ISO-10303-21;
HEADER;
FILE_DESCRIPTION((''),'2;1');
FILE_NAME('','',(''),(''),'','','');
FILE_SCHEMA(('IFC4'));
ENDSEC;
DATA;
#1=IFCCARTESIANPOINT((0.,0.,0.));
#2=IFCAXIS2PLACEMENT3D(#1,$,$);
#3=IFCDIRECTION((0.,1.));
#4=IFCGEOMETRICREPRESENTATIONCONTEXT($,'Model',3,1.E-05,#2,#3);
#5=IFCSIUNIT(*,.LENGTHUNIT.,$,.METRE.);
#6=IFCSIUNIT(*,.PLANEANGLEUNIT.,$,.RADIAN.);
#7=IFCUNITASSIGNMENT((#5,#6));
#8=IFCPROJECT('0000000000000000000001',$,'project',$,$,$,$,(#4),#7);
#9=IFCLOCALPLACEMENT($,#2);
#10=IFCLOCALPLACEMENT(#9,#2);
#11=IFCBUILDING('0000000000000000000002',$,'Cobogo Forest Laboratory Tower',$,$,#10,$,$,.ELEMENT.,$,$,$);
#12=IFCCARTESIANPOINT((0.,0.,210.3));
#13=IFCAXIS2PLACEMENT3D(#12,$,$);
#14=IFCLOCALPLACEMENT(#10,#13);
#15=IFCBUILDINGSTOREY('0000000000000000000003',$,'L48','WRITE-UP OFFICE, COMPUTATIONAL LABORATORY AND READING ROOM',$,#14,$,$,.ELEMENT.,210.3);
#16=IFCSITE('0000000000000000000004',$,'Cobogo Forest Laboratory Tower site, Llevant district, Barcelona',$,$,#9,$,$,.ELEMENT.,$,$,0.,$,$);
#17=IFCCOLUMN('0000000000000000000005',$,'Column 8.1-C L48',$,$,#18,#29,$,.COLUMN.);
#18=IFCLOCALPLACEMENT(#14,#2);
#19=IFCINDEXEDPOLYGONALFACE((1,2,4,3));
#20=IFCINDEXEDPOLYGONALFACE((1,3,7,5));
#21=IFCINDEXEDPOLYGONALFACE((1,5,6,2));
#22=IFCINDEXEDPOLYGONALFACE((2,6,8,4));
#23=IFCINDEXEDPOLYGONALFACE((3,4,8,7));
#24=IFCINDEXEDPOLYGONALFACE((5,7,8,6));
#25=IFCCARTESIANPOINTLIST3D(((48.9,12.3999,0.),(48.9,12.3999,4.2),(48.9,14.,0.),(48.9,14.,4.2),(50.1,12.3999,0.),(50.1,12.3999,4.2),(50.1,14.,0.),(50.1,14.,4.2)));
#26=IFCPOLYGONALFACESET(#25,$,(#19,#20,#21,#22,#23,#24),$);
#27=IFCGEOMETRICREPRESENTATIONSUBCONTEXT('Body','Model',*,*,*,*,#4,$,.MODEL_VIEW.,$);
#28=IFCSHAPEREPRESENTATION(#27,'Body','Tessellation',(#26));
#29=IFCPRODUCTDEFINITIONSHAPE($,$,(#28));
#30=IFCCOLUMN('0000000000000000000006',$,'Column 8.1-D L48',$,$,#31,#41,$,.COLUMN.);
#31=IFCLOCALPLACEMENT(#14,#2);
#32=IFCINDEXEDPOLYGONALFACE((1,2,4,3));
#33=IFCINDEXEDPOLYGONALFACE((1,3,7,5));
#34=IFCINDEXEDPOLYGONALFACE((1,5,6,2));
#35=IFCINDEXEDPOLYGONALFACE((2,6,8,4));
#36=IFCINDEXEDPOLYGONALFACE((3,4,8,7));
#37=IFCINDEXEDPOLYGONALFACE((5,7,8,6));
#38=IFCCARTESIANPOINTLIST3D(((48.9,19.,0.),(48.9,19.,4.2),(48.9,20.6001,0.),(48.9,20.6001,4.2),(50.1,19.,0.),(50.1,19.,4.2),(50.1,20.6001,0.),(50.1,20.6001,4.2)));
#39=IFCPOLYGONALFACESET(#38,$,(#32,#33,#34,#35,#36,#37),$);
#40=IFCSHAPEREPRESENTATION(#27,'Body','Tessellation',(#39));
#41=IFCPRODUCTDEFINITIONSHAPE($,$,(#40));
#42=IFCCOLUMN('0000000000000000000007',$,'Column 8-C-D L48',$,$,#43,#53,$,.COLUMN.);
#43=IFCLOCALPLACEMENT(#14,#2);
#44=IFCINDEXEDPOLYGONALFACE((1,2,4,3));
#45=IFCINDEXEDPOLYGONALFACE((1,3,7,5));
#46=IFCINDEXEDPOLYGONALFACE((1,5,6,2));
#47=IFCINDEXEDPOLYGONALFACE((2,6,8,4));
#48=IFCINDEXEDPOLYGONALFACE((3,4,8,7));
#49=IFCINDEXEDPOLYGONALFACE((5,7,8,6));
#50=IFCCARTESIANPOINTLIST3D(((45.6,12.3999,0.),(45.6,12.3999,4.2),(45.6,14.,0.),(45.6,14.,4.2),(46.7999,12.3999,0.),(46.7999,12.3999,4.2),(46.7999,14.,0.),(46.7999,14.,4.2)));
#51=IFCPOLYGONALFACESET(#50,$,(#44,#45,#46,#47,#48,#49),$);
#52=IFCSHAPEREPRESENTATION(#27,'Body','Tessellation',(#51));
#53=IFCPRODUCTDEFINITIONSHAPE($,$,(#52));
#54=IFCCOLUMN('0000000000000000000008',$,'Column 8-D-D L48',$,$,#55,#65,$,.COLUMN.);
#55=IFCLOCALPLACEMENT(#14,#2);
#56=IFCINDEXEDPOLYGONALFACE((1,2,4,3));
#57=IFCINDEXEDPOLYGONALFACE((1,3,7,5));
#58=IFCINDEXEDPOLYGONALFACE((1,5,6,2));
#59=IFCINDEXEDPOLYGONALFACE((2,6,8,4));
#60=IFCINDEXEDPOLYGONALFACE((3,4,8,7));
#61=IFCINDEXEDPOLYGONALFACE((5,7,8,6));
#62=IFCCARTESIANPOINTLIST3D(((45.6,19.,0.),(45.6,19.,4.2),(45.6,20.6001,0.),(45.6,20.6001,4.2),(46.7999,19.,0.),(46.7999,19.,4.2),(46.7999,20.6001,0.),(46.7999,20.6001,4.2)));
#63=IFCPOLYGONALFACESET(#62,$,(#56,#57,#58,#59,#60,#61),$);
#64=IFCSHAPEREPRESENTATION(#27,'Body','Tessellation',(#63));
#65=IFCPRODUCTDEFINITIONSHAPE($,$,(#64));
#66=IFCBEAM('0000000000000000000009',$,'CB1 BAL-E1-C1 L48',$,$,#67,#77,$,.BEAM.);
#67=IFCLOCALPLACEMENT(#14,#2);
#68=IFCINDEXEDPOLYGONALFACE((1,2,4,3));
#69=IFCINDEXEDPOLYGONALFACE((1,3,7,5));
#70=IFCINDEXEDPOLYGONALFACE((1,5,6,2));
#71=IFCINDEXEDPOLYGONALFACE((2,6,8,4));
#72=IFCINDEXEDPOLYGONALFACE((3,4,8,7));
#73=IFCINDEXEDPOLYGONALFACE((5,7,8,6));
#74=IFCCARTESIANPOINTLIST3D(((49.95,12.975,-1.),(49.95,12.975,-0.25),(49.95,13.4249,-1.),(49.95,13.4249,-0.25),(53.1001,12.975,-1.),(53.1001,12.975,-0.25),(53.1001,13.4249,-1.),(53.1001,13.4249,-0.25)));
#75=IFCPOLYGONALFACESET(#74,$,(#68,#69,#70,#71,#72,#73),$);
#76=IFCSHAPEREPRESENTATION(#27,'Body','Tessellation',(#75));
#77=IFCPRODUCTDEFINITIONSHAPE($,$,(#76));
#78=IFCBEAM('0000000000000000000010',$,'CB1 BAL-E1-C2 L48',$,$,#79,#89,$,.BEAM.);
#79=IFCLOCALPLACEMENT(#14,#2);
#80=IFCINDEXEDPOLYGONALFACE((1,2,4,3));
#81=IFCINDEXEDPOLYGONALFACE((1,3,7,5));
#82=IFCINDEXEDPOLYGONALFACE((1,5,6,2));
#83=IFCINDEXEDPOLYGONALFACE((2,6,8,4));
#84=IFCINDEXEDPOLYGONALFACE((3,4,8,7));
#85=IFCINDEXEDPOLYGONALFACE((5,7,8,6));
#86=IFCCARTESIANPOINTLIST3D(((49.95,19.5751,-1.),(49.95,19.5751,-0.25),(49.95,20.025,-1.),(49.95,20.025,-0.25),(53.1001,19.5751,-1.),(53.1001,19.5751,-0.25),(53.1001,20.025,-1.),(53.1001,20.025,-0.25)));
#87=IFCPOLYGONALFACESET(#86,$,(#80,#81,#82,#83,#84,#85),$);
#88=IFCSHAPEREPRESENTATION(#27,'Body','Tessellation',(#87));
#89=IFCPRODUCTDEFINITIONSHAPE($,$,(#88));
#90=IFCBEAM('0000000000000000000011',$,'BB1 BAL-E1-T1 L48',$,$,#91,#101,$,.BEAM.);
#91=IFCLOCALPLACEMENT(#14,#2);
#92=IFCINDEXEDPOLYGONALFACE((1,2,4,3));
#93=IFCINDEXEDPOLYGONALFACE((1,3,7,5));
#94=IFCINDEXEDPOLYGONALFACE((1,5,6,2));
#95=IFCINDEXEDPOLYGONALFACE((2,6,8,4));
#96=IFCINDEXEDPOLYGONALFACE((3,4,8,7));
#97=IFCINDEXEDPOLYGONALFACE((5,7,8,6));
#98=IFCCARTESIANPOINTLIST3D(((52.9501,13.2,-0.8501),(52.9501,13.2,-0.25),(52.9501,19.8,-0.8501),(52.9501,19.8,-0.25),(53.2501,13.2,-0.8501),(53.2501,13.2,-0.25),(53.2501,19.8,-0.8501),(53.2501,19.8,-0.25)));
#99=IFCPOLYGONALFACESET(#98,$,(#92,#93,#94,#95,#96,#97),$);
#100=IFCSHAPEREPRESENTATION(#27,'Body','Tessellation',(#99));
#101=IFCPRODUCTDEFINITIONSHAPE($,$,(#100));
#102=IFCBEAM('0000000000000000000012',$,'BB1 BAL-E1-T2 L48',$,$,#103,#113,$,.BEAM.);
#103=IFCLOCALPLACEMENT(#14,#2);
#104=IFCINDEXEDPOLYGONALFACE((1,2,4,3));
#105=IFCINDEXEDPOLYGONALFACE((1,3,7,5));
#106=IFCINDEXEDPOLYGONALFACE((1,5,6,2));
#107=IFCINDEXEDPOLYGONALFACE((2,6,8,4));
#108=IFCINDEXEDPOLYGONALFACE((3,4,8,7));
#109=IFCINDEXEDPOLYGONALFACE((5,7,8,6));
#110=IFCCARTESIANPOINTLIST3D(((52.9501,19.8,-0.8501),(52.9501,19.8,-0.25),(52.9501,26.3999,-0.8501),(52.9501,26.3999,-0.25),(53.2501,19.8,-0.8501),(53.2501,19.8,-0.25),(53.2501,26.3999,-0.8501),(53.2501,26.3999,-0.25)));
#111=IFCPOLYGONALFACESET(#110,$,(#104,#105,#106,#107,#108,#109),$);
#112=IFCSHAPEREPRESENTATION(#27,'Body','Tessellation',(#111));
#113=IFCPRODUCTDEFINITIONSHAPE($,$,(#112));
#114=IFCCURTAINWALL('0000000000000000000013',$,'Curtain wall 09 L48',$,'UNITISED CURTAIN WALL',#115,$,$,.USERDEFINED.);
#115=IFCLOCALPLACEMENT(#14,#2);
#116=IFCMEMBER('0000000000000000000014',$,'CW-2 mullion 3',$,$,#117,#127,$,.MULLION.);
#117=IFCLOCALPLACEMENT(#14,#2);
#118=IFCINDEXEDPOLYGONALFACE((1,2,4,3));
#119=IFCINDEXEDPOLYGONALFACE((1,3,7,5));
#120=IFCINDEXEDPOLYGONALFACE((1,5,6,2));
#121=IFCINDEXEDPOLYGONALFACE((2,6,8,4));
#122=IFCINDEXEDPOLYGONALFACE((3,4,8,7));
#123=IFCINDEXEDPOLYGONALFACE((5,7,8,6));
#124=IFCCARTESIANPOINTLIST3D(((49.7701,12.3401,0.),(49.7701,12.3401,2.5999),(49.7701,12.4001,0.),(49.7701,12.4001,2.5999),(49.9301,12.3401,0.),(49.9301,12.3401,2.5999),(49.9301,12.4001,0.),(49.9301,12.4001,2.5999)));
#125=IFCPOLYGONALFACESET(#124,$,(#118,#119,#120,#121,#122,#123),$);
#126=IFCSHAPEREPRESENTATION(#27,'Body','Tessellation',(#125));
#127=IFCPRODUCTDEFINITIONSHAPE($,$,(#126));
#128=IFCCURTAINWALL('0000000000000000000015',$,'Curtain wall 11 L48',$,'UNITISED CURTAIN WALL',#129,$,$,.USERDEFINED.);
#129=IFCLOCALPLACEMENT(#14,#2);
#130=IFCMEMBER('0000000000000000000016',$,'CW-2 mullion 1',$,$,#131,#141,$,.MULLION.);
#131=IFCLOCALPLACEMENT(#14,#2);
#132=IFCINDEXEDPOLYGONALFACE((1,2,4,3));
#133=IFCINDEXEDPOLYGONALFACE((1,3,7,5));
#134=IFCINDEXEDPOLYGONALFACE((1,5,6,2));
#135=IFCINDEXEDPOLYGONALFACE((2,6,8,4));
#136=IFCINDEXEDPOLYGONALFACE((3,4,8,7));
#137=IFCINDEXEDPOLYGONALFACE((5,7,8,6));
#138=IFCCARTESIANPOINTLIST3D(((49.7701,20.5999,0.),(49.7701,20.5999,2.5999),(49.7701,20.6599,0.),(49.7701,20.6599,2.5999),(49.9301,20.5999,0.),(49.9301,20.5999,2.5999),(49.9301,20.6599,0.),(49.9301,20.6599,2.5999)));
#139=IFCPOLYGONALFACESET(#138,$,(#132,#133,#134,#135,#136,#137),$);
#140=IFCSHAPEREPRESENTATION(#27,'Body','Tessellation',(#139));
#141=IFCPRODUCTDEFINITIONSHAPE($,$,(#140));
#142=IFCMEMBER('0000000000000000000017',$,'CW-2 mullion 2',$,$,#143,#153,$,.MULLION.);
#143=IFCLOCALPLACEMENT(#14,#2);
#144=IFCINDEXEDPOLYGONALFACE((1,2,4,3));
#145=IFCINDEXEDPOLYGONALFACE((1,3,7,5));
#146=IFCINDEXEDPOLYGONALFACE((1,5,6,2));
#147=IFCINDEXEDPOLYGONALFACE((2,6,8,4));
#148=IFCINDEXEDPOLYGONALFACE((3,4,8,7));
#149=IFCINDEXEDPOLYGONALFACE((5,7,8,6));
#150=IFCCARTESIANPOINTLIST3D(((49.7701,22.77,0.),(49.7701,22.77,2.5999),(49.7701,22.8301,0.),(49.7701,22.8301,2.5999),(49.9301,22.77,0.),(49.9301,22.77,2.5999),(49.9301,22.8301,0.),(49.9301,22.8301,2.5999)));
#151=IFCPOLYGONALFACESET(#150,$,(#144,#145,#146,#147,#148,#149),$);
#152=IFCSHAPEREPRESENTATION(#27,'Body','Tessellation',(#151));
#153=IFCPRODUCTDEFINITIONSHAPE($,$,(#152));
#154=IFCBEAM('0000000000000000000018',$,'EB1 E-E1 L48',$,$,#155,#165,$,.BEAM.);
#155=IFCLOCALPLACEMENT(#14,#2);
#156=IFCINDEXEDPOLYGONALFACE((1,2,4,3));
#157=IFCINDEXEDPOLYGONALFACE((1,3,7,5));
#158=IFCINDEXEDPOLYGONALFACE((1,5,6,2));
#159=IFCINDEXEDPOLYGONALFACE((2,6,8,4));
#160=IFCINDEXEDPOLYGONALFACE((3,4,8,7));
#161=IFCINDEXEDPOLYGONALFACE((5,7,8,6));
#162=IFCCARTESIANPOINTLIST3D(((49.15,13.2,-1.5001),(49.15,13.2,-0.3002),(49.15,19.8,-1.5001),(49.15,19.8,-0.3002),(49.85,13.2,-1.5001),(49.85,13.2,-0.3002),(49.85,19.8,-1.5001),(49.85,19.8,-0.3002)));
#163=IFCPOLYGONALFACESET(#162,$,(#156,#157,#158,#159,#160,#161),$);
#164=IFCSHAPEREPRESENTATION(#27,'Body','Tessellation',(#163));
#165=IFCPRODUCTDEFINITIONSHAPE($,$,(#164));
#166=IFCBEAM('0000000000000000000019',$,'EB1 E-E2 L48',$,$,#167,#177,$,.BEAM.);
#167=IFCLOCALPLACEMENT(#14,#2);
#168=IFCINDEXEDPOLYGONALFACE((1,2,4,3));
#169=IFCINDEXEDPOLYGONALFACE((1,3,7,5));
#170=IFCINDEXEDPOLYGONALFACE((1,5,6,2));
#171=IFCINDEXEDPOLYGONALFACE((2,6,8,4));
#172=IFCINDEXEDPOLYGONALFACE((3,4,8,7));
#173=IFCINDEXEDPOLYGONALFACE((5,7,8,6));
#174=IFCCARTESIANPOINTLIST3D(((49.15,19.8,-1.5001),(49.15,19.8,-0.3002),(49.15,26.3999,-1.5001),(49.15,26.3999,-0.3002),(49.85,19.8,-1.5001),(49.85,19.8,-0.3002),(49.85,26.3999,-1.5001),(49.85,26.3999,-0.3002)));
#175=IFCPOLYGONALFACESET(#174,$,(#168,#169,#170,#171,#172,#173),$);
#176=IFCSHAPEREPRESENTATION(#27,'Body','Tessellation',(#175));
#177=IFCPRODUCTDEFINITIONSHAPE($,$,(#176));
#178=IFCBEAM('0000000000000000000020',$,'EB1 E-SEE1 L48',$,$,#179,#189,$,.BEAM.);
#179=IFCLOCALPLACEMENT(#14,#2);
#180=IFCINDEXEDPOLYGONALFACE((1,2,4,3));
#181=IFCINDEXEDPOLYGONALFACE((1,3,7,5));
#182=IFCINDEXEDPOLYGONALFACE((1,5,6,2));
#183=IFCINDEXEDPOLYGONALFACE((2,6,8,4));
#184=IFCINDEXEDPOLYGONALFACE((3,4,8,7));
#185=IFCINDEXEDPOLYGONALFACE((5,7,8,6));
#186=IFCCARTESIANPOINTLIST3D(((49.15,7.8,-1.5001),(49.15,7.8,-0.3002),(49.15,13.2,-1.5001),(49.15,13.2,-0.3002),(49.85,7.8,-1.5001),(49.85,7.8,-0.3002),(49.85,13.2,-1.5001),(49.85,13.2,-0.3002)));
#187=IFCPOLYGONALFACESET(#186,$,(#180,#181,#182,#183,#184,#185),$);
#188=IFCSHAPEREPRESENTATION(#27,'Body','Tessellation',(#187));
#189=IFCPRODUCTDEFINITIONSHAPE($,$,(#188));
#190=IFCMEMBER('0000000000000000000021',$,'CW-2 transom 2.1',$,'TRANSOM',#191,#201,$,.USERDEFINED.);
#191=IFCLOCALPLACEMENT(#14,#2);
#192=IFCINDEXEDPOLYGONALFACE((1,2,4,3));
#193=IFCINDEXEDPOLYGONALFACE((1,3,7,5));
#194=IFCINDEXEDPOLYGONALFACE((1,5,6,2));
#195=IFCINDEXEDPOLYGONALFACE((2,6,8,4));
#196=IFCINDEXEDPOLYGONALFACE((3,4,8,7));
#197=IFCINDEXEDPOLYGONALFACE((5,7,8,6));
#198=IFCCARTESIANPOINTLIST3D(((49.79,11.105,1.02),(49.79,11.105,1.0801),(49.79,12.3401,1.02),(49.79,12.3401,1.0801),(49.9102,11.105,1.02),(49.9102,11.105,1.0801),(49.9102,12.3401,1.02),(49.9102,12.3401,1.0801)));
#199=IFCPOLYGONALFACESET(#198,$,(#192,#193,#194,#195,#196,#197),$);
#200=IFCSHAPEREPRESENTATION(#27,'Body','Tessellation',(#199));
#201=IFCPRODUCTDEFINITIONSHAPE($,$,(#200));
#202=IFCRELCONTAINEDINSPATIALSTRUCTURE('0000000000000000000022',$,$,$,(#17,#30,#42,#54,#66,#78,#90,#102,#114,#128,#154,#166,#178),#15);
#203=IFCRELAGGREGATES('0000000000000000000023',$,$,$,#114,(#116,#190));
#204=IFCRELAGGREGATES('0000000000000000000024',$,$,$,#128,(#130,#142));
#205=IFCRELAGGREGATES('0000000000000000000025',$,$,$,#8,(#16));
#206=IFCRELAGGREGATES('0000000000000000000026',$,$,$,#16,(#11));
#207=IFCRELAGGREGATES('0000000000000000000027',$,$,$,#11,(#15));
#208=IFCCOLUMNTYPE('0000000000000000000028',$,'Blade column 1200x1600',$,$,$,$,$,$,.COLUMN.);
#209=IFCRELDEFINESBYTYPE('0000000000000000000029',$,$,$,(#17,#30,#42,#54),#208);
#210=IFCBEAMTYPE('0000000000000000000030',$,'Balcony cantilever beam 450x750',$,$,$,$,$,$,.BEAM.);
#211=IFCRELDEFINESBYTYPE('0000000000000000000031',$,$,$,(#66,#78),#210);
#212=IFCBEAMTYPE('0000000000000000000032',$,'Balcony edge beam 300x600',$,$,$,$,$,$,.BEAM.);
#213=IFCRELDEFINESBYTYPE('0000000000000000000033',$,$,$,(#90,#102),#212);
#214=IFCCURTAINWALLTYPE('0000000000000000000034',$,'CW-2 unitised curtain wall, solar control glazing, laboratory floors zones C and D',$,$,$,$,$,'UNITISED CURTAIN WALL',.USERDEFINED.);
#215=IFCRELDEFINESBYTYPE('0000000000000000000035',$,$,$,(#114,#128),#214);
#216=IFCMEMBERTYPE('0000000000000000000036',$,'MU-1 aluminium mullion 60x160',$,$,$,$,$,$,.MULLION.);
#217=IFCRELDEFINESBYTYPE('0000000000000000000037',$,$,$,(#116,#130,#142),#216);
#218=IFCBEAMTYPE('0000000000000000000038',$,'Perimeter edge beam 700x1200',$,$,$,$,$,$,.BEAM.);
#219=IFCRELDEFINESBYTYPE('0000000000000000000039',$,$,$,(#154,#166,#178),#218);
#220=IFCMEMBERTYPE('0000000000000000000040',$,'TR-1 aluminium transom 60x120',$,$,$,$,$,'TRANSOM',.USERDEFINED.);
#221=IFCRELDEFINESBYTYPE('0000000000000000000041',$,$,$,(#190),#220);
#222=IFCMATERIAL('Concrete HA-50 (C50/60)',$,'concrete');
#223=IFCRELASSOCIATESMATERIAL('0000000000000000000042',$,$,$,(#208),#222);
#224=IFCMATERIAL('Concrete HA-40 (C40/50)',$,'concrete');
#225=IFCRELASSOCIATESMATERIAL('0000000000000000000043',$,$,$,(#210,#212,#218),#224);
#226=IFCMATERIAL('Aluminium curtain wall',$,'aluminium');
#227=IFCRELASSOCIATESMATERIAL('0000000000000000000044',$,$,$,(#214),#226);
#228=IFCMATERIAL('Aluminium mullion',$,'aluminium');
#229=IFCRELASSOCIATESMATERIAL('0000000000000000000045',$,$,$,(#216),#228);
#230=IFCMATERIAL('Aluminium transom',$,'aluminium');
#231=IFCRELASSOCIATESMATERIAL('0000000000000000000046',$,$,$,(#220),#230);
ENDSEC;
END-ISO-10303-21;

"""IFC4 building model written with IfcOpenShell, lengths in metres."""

from ifc_helpers import new_model, si_unit, direction, frame, origin, origin_2d, place, context, subcontext, project, spatial, rectangle, extrude, material, material_profile, profile_set, type_object, element, aggregate, save


model = new_model("IFC4")

# Units and contexts
model_context = context("Model", 3, precision=1e-05, world=origin(), true_north=direction((0.0, 1.0)))
body_context = subcontext(model_context, "Body", "Model", "MODEL_VIEW")
ifc_project = project(units=[si_unit("LENGTHUNIT", "METRE"), si_unit("PLANEANGLEUNIT", "RADIAN")], contexts=[model_context])

# Site, building, storey
site_placement = place(None, origin())
site = spatial("IfcSite", under=ifc_project, at=site_placement, Name="Cobogo Forest Laboratory Tower site, Llevant district, Barcelona", CompositionType="ELEMENT", RefElevation=0.0)
building_placement = place(site_placement, origin())
building = spatial("IfcBuilding", under=site, at=building_placement, Name="Cobogo Forest Laboratory Tower", CompositionType="ELEMENT")
storey_placement = place(building_placement, frame((0.0, 0.0, 210.3)))
storey = spatial("IfcBuildingStorey", under=building, at=storey_placement, Name="L48", Description="WRITE-UP OFFICE, COMPUTATIONAL LABORATORY AND READING ROOM", CompositionType="ELEMENT", Elevation=210.3)

# Columns
ifc_material_1 = material(Name="Concrete HA-50 (C50/60)", Category="concrete")
ifc_material_profile_1 = material_profile(ifc_material_1, rectangle(XDim=1.6001, YDim=1.2, at=origin_2d()), Name="RC 1200x1600")
ifc_profile_set_1 = profile_set([ifc_material_profile_1], Name="Concrete HA-50 (C50/60)")
column_type = type_object("IfcColumnType", Name="Blade column 1200x1600", PredefinedType="COLUMN", material=ifc_profile_set_1)
for number, where, z_axis, x_axis, name in (
    (1, (49.5, 13.2, 0.0), (0.0, 0.0, 1.0), (0.0, 1.0, 0.0), "Column 8.1-C L48"),
    (2, (49.5, 19.8, 0.0), (0.0, 0.0, 1.0), (0.0, 1.0, 0.0), "Column 8.1-D L48"),
    (3, (46.2, 13.2, 0.0), (0.0, 0.0, 1.0), (0.0, 1.0, 0.0), "Column 8-C-D L48"),
    (4, (46.2, 19.8, 0.0), (0.0, 0.0, 1.0), (0.0, 1.0, 0.0), "Column 8-D-D L48"),
):
    element("IfcColumn", number, at=place(storey_placement, frame(where, z_axis=z_axis, x_axis=x_axis)), inside=storey, type_object=column_type, Name=name, PredefinedType="COLUMN", context=body_context, shape_type="SweptSolid", body=[
        extrude(rectangle(XDim=1.6001, YDim=1.2, at=origin_2d()), origin(), (0.0, 0.0, 1.0), 4.2),
    ])

# Beams
ifc_material_2 = material(Name="Concrete HA-40 (C40/50)", Category="concrete")
ifc_material_profile_2 = material_profile(ifc_material_2, rectangle(XDim=0.45, YDim=0.75, at=origin_2d()), Name="RC 450x750")
ifc_profile_set_2 = profile_set([ifc_material_profile_2], Name="Concrete HA-40 (C40/50)")
beam_type_1 = type_object("IfcBeamType", Name="Balcony cantilever beam 450x750", PredefinedType="BEAM", material=ifc_profile_set_2)
for number, where, z_axis, x_axis, name in (
    (5, (49.95, 13.2, -0.625), (1.0, 0.0, 0.0), (0.0, 1.0, 0.0), "CB1 BAL-E1-C1 L48"),
    (6, (49.95, 19.8, -0.625), (1.0, 0.0, 0.0), (0.0, 1.0, 0.0), "CB1 BAL-E1-C2 L48"),
):
    element("IfcBeam", number, at=place(storey_placement, frame(where, z_axis=z_axis, x_axis=x_axis)), inside=storey, type_object=beam_type_1, Name=name, PredefinedType="BEAM", context=body_context, shape_type="SweptSolid", body=[
        extrude(rectangle(XDim=0.45, YDim=0.75, at=origin_2d()), origin(), (0.0, 0.0, 1.0), 3.1501),
    ])
ifc_material_profile_3 = material_profile(ifc_material_2, rectangle(XDim=0.3, YDim=0.6001, at=origin_2d()), Name="RC 300x600")
ifc_profile_set_3 = profile_set([ifc_material_profile_3], Name="Concrete HA-40 (C40/50)")
beam_type_2 = type_object("IfcBeamType", Name="Balcony edge beam 300x600", PredefinedType="BEAM", material=ifc_profile_set_3)
beam_1_placement = place(storey_placement, frame((53.1001, 13.2, -0.55), z_axis=(0.0, 1.0, 0.0), x_axis=(-1.0, 0.0, 0.0)))
element("IfcBeam", 7, at=beam_1_placement, inside=storey, type_object=beam_type_2, Name="BB1 BAL-E1-T1 L48", PredefinedType="BEAM", context=body_context, shape_type="SweptSolid", body=[
    extrude(rectangle(XDim=0.3, YDim=0.6001, at=origin_2d()), origin(), (0.0, 0.0, 1.0), 6.6001),
])
beam_2_placement = place(storey_placement, frame((53.1001, 19.8, -0.55), z_axis=(0.0, 1.0, 0.0), x_axis=(-1.0, 0.0, 0.0)))
element("IfcBeam", 8, at=beam_2_placement, inside=storey, type_object=beam_type_2, Name="BB1 BAL-E1-T2 L48", PredefinedType="BEAM", context=body_context, shape_type="SweptSolid", body=[
    extrude(rectangle(XDim=0.3, YDim=0.6001, at=origin_2d()), origin(), (0.0, 0.0, 1.0), 6.5999),
])

# Curtain wall, member
ifc_material_3 = material(Name="Aluminium curtain wall", Category="aluminium")
curtain_wall_type = type_object("IfcCurtainWallType", Name="CW-2 unitised curtain wall, solar control glazing, laboratory floors zones C and D", ElementType="UNITISED CURTAIN WALL", PredefinedType="USERDEFINED", material=ifc_material_3)
curtain_wall_1_placement = place(storey_placement, origin())
curtain_wall_1 = element("IfcCurtainWall", 9, at=curtain_wall_1_placement, inside=storey, type_object=curtain_wall_type, Name="Curtain wall 09 L48", ObjectType="UNITISED CURTAIN WALL", PredefinedType="USERDEFINED")
ifc_material_4 = material(Name="Aluminium mullion", Category="aluminium")
ifc_material_profile_4 = material_profile(ifc_material_4, rectangle(XDim=0.0601, YDim=0.1599, at=origin_2d()), Name="AL 60x160")
ifc_profile_set_4 = profile_set([ifc_material_profile_4], Name="Aluminium mullion")
member_type_1 = type_object("IfcMemberType", Name="MU-1 aluminium mullion 60x160", PredefinedType="MULLION", material=ifc_profile_set_4)
member_1_placement = place(storey_placement, frame((49.8501, 12.3701, 0.0), z_axis=(0.0, 0.0, 1.0), x_axis=(0.0, 1.0, 0.0)))
member_1 = element("IfcMember", 10, at=member_1_placement, type_object=member_type_1, Name="CW-2 mullion 3", PredefinedType="MULLION", context=body_context, shape_type="SweptSolid", body=[
    extrude(rectangle(XDim=0.0601, YDim=0.1599, at=origin_2d()), origin(), (0.0, 0.0, 1.0), 2.5999),
])

# Curtain wall, members
curtain_wall_2_placement = place(storey_placement, origin())
curtain_wall_2 = element("IfcCurtainWall", 11, at=curtain_wall_2_placement, inside=storey, type_object=curtain_wall_type, Name="Curtain wall 11 L48", ObjectType="UNITISED CURTAIN WALL", PredefinedType="USERDEFINED")
member_2_placement = place(storey_placement, frame((49.8501, 20.6299, 0.0), z_axis=(0.0, 0.0, 1.0), x_axis=(0.0, 1.0, 0.0)))
member_2 = element("IfcMember", 12, at=member_2_placement, type_object=member_type_1, Name="CW-2 mullion 1", PredefinedType="MULLION", context=body_context, shape_type="SweptSolid", body=[
    extrude(rectangle(XDim=0.0601, YDim=0.1599, at=origin_2d()), origin(), (0.0, 0.0, 1.0), 2.5999),
])
member_3_placement = place(storey_placement, frame((49.8501, 22.8, 0.0), z_axis=(0.0, 0.0, 1.0), x_axis=(0.0, 1.0, 0.0)))
member_3 = element("IfcMember", 13, at=member_3_placement, type_object=member_type_1, Name="CW-2 mullion 2", PredefinedType="MULLION", context=body_context, shape_type="SweptSolid", body=[
    extrude(rectangle(XDim=0.0601, YDim=0.1599, at=origin_2d()), origin(), (0.0, 0.0, 1.0), 2.5999),
])

# Beams
ifc_material_profile_5 = material_profile(ifc_material_2, rectangle(XDim=0.7, YDim=1.2, at=origin_2d()), Name="RC 700x1200")
ifc_profile_set_5 = profile_set([ifc_material_profile_5], Name="Concrete HA-40 (C40/50)")
beam_type_3 = type_object("IfcBeamType", Name="Perimeter edge beam 700x1200", PredefinedType="BEAM", material=ifc_profile_set_5)
beam_3_placement = place(storey_placement, frame((49.5, 13.2, -0.9001), z_axis=(0.0, 1.0, 0.0), x_axis=(-1.0, 0.0, 0.0)))
element("IfcBeam", 14, at=beam_3_placement, inside=storey, type_object=beam_type_3, Name="EB1 E-E1 L48", PredefinedType="BEAM", context=body_context, shape_type="SweptSolid", body=[
    extrude(rectangle(XDim=0.7, YDim=1.2, at=origin_2d()), origin(), (0.0, 0.0, 1.0), 6.6001),
])
beam_4_placement = place(storey_placement, frame((49.5, 19.8, -0.9001), z_axis=(0.0, 1.0, 0.0), x_axis=(-1.0, 0.0, 0.0)))
element("IfcBeam", 15, at=beam_4_placement, inside=storey, type_object=beam_type_3, Name="EB1 E-E2 L48", PredefinedType="BEAM", context=body_context, shape_type="SweptSolid", body=[
    extrude(rectangle(XDim=0.7, YDim=1.2, at=origin_2d()), origin(), (0.0, 0.0, 1.0), 6.5999),
])
beam_5_placement = place(storey_placement, frame((49.5, 13.2, -0.9001), z_axis=(0.0, -1.0, 0.0), x_axis=(1.0, 0.0, 0.0)))
element("IfcBeam", 16, at=beam_5_placement, inside=storey, type_object=beam_type_3, Name="EB1 E-SEE1 L48", PredefinedType="BEAM", context=body_context, shape_type="SweptSolid", body=[
    extrude(rectangle(XDim=0.7, YDim=1.2, at=origin_2d()), origin(), (0.0, 0.0, 1.0), 5.3999),
])

# Member
ifc_material_5 = material(Name="Aluminium transom", Category="aluminium")
ifc_material_profile_6 = material_profile(ifc_material_5, rectangle(XDim=0.1201, YDim=0.0601, at=origin_2d()), Name="AL 60x120")
ifc_profile_set_6 = profile_set([ifc_material_profile_6], Name="Aluminium transom")
member_type_2 = type_object("IfcMemberType", Name="TR-1 aluminium transom 60x120", ElementType="TRANSOM", PredefinedType="USERDEFINED", material=ifc_profile_set_6)
member_4_placement = place(storey_placement, frame((49.8501, 11.105, 1.05), z_axis=(0.0, 1.0, 0.0), x_axis=(-1.0, 0.0, 0.0)))
member_4 = element("IfcMember", 17, at=member_4_placement, type_object=member_type_2, Name="CW-2 transom 2.1", ObjectType="TRANSOM", PredefinedType="USERDEFINED", context=body_context, shape_type="SweptSolid", body=[
    extrude(rectangle(XDim=0.1201, YDim=0.0601, at=origin_2d()), origin(), (0.0, 0.0, 1.0), 1.2351),
])

aggregate(curtain_wall_1, [member_1, member_4])
aggregate(curtain_wall_2, [member_2, member_3])

save(model, "model.ifc")
